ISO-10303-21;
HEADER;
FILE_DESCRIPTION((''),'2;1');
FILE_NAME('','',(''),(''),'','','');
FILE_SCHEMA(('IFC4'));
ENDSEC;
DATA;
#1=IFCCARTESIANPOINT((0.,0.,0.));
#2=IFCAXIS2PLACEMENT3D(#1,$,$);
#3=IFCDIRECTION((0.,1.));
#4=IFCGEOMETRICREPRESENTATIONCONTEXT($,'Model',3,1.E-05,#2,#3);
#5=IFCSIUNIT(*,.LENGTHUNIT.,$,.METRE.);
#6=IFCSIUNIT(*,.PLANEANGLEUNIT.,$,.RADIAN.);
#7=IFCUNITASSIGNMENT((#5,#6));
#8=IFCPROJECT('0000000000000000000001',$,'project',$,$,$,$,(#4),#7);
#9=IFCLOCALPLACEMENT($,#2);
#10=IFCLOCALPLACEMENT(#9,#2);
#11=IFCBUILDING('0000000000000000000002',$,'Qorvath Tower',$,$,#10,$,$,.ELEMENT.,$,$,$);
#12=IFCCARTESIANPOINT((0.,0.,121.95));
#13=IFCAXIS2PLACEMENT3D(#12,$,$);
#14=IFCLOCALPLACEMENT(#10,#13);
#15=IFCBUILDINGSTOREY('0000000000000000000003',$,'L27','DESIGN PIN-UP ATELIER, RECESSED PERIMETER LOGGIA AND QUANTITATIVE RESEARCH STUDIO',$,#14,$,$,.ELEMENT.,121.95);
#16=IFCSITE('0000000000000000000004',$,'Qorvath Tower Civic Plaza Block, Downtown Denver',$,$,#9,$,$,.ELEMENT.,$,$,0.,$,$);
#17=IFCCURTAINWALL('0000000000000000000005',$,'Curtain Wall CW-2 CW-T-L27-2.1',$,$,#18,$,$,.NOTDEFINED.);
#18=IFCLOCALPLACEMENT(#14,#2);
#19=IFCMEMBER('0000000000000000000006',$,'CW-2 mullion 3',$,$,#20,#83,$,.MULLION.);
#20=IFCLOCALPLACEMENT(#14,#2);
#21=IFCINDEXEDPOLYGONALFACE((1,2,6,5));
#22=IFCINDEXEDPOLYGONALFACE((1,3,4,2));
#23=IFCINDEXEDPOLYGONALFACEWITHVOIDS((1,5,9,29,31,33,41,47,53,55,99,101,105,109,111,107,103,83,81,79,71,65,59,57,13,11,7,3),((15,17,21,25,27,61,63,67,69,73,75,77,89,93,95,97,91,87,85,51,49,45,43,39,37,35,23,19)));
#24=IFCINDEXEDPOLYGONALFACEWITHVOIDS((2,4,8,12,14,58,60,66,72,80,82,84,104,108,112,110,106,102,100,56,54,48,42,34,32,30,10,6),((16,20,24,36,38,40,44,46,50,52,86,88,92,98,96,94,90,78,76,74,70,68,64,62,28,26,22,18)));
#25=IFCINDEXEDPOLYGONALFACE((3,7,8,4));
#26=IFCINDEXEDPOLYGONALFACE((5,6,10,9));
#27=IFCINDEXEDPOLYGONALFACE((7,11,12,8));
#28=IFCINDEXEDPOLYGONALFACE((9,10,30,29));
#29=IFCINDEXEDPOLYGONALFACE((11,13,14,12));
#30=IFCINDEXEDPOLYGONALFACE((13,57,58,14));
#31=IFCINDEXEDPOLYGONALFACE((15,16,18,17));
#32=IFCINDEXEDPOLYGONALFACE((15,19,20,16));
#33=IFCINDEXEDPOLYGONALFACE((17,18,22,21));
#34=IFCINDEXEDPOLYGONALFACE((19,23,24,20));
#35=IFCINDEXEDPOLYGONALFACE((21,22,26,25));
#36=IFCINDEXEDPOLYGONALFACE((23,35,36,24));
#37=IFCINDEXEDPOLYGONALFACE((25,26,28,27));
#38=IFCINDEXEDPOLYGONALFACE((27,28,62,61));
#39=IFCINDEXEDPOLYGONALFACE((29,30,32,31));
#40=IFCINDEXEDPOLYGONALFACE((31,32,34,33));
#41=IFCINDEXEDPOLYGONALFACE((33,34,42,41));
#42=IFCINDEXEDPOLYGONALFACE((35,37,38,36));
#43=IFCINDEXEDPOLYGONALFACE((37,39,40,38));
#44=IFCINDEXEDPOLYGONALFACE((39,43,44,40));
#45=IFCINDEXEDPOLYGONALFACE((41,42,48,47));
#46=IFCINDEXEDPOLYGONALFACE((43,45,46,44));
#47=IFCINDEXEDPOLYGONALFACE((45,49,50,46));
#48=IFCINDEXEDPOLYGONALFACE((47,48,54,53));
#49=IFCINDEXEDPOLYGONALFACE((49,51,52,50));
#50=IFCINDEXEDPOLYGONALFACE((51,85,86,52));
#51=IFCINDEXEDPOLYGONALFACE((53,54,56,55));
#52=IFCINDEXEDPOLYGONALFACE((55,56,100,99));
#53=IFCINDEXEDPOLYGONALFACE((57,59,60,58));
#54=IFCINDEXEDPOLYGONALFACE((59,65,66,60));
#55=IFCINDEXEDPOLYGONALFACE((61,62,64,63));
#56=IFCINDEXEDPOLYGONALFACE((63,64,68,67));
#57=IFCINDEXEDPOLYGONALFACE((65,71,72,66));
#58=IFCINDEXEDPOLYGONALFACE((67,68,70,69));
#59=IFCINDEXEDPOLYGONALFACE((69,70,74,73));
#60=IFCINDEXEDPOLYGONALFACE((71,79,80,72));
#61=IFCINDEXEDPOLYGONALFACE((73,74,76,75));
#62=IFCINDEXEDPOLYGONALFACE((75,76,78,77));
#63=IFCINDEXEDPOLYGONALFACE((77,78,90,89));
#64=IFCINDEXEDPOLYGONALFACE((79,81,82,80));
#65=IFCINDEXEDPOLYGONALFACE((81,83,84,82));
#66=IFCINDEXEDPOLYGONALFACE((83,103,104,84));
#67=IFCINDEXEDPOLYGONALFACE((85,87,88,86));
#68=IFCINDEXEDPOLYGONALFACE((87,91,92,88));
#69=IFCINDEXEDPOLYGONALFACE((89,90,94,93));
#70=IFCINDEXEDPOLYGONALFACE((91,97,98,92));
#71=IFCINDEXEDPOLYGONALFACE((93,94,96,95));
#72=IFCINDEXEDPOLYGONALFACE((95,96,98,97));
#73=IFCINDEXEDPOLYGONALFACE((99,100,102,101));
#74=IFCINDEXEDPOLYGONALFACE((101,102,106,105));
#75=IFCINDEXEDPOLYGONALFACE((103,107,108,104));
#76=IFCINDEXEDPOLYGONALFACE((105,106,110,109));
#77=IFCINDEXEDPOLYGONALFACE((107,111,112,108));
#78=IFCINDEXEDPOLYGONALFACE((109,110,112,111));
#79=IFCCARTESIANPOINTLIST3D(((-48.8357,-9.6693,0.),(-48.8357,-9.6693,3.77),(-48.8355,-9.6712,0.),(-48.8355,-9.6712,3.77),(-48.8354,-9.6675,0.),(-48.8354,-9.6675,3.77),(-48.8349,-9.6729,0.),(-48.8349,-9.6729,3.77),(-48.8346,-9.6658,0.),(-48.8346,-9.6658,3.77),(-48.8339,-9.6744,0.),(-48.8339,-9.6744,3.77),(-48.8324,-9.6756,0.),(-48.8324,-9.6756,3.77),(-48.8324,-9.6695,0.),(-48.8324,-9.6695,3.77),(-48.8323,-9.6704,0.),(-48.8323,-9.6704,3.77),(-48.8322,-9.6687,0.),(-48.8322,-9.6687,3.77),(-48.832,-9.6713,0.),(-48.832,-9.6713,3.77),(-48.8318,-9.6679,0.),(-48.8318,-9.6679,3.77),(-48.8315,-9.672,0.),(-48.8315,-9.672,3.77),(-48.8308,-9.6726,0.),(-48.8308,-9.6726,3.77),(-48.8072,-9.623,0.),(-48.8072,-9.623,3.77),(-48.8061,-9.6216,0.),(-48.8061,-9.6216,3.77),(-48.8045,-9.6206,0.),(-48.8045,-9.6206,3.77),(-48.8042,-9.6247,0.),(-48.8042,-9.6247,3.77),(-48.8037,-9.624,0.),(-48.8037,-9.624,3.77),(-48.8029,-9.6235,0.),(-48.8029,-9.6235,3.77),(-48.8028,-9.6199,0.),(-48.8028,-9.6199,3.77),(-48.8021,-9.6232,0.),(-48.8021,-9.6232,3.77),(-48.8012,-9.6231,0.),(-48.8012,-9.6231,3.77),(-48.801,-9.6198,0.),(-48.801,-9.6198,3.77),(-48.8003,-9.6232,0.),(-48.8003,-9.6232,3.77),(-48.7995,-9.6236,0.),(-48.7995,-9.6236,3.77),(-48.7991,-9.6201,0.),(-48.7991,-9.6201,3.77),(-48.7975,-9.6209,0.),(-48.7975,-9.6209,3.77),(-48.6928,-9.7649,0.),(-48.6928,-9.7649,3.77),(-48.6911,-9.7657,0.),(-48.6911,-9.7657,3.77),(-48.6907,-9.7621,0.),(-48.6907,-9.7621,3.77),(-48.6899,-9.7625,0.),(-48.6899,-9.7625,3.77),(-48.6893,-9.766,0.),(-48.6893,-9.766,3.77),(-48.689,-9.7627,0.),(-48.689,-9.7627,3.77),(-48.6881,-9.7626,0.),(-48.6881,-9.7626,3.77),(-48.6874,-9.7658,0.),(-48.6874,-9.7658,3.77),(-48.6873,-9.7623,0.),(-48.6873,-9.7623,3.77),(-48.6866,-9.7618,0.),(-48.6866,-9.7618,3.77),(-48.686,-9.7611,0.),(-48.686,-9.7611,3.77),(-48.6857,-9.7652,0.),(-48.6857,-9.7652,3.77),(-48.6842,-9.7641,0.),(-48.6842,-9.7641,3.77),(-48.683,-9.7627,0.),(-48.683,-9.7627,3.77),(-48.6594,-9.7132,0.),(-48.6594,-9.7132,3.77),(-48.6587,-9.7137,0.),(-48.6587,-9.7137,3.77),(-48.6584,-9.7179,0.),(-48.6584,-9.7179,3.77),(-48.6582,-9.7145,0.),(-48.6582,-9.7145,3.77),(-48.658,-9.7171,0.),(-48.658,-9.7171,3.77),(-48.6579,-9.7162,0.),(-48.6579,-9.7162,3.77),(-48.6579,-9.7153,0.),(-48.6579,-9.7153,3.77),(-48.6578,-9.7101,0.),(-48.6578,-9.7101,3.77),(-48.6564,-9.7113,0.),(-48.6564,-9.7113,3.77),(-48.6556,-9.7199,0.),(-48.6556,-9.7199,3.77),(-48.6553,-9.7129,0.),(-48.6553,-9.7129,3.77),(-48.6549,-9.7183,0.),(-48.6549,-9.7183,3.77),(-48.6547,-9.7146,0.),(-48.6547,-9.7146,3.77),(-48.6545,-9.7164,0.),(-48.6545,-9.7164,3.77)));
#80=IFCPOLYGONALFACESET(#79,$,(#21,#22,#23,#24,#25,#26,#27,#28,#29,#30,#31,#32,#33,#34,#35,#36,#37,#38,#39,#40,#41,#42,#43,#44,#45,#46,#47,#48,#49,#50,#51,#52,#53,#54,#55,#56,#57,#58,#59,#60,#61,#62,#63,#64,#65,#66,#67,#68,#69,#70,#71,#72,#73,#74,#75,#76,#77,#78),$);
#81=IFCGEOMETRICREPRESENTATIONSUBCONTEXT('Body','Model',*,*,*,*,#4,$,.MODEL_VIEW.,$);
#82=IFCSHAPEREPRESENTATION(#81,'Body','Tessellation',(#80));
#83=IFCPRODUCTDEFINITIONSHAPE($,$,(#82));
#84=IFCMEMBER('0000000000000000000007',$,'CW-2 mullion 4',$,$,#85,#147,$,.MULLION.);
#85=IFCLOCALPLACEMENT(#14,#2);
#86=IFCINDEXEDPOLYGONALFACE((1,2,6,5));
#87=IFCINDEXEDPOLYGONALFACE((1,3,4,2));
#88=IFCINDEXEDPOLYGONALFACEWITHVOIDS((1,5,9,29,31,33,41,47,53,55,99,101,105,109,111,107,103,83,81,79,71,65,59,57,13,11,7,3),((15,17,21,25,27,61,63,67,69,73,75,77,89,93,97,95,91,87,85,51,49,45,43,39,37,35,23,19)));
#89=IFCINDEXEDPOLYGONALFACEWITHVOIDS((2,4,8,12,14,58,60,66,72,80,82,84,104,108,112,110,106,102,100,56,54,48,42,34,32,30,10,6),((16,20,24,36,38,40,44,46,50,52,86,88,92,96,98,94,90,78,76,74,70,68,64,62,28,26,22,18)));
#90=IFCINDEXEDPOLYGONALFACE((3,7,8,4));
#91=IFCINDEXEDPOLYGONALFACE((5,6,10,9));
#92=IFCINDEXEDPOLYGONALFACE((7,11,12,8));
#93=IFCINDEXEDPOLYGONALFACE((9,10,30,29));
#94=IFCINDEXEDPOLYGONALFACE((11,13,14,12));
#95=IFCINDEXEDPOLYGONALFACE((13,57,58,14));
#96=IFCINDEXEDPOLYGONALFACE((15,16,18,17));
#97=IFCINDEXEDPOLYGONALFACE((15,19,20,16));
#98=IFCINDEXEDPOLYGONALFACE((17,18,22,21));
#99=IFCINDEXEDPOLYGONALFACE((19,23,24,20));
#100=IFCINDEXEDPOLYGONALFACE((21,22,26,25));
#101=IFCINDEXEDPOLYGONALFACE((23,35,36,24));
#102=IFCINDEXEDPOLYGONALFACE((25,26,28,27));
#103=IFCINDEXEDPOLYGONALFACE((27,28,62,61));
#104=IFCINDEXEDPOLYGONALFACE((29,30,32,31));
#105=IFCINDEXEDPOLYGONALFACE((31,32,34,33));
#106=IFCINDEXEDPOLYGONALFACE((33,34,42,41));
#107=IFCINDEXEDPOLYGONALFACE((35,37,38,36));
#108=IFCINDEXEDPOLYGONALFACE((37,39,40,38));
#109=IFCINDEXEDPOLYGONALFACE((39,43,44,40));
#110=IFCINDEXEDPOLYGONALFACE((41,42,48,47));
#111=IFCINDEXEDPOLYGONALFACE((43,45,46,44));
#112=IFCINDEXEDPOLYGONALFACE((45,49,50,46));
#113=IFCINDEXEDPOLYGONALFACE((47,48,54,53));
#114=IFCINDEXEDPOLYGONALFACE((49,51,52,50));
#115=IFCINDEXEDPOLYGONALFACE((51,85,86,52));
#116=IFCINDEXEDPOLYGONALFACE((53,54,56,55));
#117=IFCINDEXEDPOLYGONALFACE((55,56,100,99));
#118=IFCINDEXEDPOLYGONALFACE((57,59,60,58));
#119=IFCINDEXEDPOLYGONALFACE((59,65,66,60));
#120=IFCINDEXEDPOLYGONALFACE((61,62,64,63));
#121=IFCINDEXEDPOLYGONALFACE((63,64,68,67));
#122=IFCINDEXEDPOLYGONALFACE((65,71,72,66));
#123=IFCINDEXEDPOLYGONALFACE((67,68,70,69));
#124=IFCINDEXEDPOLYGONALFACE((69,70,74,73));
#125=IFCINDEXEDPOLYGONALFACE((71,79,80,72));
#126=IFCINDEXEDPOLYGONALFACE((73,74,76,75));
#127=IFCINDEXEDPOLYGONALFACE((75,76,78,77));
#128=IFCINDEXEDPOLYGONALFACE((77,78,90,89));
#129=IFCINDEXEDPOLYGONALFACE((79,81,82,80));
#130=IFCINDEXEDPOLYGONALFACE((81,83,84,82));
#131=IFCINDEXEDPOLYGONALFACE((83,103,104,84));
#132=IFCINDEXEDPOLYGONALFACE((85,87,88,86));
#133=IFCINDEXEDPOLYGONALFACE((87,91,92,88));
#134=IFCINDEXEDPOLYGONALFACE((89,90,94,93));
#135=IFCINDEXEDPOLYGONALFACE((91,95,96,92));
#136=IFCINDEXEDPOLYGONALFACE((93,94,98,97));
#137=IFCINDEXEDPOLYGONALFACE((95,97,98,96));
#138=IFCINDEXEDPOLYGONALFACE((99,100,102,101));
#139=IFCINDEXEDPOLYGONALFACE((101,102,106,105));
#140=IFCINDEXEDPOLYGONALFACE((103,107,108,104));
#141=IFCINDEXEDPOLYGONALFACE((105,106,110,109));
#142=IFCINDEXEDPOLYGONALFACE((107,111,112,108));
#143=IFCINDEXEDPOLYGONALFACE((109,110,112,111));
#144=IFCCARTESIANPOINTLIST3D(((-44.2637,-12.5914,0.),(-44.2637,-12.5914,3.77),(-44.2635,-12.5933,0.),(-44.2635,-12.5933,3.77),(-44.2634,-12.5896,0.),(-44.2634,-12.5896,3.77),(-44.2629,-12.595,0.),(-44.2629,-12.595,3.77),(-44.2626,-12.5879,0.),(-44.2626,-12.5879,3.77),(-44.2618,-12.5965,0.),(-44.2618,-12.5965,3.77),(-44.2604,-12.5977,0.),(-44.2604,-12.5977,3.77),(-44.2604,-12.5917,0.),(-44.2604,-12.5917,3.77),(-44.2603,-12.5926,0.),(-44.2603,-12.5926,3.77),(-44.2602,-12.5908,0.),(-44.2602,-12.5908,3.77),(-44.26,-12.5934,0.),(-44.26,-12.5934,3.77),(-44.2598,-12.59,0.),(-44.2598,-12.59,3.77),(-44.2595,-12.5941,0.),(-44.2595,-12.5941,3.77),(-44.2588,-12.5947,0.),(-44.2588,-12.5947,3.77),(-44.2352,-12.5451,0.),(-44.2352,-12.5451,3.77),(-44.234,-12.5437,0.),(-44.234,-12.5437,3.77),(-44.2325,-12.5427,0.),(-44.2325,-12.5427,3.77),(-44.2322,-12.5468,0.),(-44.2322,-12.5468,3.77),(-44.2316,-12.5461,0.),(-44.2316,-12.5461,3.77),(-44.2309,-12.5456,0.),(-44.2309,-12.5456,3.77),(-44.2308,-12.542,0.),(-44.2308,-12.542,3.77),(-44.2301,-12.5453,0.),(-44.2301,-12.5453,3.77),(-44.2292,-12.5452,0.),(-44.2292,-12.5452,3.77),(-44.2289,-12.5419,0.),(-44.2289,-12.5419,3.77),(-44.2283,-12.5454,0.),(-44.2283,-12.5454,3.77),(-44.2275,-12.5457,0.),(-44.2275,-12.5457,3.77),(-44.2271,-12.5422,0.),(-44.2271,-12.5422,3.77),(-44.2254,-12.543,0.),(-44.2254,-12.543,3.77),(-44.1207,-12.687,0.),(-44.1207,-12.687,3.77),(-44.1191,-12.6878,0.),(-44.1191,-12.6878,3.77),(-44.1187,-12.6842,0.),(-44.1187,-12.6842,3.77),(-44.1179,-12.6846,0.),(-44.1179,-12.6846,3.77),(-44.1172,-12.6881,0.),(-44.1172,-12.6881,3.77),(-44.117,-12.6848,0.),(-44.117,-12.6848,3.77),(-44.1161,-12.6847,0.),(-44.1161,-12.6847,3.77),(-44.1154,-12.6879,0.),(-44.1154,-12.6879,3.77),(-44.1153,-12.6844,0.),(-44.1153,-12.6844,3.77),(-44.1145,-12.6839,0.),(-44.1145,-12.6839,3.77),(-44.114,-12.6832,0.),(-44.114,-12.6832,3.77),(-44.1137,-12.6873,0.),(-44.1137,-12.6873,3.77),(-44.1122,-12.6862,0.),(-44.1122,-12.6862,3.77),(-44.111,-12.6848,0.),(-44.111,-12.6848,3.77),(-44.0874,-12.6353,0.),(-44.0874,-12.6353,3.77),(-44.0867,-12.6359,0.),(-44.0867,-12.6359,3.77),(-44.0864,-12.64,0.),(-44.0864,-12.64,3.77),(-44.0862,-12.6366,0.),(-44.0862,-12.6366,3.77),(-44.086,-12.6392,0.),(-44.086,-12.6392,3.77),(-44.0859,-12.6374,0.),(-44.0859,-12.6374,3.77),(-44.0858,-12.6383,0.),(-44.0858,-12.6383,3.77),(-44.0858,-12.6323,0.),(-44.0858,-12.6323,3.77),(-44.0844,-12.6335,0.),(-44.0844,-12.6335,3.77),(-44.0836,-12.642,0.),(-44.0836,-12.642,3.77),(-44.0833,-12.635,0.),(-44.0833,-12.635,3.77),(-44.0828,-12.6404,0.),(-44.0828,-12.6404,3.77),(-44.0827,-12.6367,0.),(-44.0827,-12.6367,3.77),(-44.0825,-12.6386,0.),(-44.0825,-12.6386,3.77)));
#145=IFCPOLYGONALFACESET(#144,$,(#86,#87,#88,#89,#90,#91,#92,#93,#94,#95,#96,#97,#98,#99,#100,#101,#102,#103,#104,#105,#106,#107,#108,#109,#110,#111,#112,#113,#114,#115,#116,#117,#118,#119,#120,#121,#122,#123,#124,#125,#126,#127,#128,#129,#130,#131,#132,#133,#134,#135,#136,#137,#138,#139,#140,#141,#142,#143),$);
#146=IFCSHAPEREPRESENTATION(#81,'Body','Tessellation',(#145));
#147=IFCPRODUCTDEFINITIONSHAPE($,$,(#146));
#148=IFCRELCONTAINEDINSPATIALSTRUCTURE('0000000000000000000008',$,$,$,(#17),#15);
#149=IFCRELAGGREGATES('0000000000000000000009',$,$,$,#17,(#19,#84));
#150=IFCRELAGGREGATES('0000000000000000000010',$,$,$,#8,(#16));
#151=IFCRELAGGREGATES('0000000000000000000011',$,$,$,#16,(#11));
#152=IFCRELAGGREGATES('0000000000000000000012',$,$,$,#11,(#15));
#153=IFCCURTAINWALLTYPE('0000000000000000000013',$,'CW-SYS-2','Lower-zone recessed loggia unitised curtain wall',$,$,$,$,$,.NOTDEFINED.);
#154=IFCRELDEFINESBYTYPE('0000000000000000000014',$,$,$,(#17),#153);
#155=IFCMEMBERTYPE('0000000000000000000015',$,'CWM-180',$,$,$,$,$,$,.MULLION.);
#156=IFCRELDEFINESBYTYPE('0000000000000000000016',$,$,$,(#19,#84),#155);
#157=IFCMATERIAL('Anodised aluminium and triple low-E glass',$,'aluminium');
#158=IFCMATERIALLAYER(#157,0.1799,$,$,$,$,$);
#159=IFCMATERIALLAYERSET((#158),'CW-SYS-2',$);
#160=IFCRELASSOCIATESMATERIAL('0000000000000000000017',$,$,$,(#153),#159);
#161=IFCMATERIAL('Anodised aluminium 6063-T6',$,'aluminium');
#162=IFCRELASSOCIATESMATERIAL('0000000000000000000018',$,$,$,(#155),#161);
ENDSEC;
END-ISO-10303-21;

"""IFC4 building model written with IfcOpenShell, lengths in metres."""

from ifc_helpers import new_model, si_unit, direction, frame, origin, origin_2d, place, context, subcontext, project, spatial, hollow_rectangle, extrude, material, layer, layer_set, material_profile, profile_set, type_object, element, aggregate, save


model = new_model("IFC4")

# Units and contexts
model_context = context("Model", 3, precision=1e-05, world=origin(), true_north=direction((0.0, 1.0)))
body_context = subcontext(model_context, "Body", "Model", "MODEL_VIEW")
ifc_project = project(units=[si_unit("LENGTHUNIT", "METRE"), si_unit("PLANEANGLEUNIT", "RADIAN")], contexts=[model_context])

# Site, building, storey
site_placement = place(None, origin())
site = spatial("IfcSite", under=ifc_project, at=site_placement, Name="Qorvath Tower Civic Plaza Block, Downtown Denver", CompositionType="ELEMENT", RefElevation=0.0)
building_placement = place(site_placement, origin())
building = spatial("IfcBuilding", under=site, at=building_placement, Name="Qorvath Tower", CompositionType="ELEMENT")
storey_placement = place(building_placement, frame((0.0, 0.0, 121.95)))
storey = spatial("IfcBuildingStorey", under=building, at=storey_placement, Name="L27", Description="DESIGN PIN-UP ATELIER, RECESSED PERIMETER LOGGIA AND QUANTITATIVE RESEARCH STUDIO", CompositionType="ELEMENT", Elevation=121.95)

# Curtain wall, members
ifc_material_1 = material(Name="Anodised aluminium and triple low-E glass", Category="aluminium")
ifc_layer_1 = layer(ifc_material_1, 0.1799)
ifc_layer_set_1 = layer_set([ifc_layer_1], Name="CW-SYS-2")
curtain_wall_type = type_object("IfcCurtainWallType", Name="CW-SYS-2", Description="Lower-zone recessed loggia unitised curtain wall", PredefinedType="NOTDEFINED", material=ifc_layer_set_1)
curtain_wall_placement = place(storey_placement, origin())
curtain_wall = element("IfcCurtainWall", 1, at=curtain_wall_placement, inside=storey, type_object=curtain_wall_type, Name="Curtain Wall CW-2 CW-T-L27-2.1", PredefinedType="NOTDEFINED")
ifc_material_2 = material(Name="Anodised aluminium 6063-T6", Category="aluminium")
ifc_material_profile_1 = material_profile(ifc_material_2, hollow_rectangle(XDim=0.0649, YDim=0.1799, WallThickness=0.0034, InnerFilletRadius=0.0034, OuterFilletRadius=0.0071, at=origin_2d()), Name="CWM 180x65")
ifc_profile_set_1 = profile_set([ifc_material_profile_1], Name="Anodised aluminium 6063-T6")
member_type_1 = type_object("IfcMemberType", Name="CWM-180", PredefinedType="MULLION", material=ifc_profile_set_1)
member_1_placement = place(storey_placement, frame((-48.7451, -9.6929, 0.0), z_axis=(0.0, 0.0, 1.0), x_axis=(0.538534, 0.842604, 0.0)))
member_1 = element("IfcMember", 2, at=member_1_placement, type_object=member_type_1, Name="CW-2 mullion 3", PredefinedType="MULLION", context=body_context, shape_type="SweptSolid", body=[
    extrude(hollow_rectangle(XDim=0.0649, YDim=0.1799, WallThickness=0.0034, InnerFilletRadius=0.0034, OuterFilletRadius=0.0071, at=origin_2d()), origin(), (0.0, 0.0, 1.0), 3.77),
])
member_2_placement = place(storey_placement, frame((-44.1731, -12.615, 0.0), z_axis=(0.0, 0.0, 1.0), x_axis=(0.538534, 0.842604, 0.0)))
member_2 = element("IfcMember", 3, at=member_2_placement, type_object=member_type_1, Name="CW-2 mullion 4", PredefinedType="MULLION", context=body_context, shape_type="SweptSolid", body=[
    extrude(hollow_rectangle(XDim=0.0649, YDim=0.1799, WallThickness=0.0034, InnerFilletRadius=0.0034, OuterFilletRadius=0.0071, at=origin_2d()), origin(), (0.0, 0.0, 1.0), 3.77),
])
aggregate(curtain_wall, [member_1, member_2])

save(model, "model.ifc")
